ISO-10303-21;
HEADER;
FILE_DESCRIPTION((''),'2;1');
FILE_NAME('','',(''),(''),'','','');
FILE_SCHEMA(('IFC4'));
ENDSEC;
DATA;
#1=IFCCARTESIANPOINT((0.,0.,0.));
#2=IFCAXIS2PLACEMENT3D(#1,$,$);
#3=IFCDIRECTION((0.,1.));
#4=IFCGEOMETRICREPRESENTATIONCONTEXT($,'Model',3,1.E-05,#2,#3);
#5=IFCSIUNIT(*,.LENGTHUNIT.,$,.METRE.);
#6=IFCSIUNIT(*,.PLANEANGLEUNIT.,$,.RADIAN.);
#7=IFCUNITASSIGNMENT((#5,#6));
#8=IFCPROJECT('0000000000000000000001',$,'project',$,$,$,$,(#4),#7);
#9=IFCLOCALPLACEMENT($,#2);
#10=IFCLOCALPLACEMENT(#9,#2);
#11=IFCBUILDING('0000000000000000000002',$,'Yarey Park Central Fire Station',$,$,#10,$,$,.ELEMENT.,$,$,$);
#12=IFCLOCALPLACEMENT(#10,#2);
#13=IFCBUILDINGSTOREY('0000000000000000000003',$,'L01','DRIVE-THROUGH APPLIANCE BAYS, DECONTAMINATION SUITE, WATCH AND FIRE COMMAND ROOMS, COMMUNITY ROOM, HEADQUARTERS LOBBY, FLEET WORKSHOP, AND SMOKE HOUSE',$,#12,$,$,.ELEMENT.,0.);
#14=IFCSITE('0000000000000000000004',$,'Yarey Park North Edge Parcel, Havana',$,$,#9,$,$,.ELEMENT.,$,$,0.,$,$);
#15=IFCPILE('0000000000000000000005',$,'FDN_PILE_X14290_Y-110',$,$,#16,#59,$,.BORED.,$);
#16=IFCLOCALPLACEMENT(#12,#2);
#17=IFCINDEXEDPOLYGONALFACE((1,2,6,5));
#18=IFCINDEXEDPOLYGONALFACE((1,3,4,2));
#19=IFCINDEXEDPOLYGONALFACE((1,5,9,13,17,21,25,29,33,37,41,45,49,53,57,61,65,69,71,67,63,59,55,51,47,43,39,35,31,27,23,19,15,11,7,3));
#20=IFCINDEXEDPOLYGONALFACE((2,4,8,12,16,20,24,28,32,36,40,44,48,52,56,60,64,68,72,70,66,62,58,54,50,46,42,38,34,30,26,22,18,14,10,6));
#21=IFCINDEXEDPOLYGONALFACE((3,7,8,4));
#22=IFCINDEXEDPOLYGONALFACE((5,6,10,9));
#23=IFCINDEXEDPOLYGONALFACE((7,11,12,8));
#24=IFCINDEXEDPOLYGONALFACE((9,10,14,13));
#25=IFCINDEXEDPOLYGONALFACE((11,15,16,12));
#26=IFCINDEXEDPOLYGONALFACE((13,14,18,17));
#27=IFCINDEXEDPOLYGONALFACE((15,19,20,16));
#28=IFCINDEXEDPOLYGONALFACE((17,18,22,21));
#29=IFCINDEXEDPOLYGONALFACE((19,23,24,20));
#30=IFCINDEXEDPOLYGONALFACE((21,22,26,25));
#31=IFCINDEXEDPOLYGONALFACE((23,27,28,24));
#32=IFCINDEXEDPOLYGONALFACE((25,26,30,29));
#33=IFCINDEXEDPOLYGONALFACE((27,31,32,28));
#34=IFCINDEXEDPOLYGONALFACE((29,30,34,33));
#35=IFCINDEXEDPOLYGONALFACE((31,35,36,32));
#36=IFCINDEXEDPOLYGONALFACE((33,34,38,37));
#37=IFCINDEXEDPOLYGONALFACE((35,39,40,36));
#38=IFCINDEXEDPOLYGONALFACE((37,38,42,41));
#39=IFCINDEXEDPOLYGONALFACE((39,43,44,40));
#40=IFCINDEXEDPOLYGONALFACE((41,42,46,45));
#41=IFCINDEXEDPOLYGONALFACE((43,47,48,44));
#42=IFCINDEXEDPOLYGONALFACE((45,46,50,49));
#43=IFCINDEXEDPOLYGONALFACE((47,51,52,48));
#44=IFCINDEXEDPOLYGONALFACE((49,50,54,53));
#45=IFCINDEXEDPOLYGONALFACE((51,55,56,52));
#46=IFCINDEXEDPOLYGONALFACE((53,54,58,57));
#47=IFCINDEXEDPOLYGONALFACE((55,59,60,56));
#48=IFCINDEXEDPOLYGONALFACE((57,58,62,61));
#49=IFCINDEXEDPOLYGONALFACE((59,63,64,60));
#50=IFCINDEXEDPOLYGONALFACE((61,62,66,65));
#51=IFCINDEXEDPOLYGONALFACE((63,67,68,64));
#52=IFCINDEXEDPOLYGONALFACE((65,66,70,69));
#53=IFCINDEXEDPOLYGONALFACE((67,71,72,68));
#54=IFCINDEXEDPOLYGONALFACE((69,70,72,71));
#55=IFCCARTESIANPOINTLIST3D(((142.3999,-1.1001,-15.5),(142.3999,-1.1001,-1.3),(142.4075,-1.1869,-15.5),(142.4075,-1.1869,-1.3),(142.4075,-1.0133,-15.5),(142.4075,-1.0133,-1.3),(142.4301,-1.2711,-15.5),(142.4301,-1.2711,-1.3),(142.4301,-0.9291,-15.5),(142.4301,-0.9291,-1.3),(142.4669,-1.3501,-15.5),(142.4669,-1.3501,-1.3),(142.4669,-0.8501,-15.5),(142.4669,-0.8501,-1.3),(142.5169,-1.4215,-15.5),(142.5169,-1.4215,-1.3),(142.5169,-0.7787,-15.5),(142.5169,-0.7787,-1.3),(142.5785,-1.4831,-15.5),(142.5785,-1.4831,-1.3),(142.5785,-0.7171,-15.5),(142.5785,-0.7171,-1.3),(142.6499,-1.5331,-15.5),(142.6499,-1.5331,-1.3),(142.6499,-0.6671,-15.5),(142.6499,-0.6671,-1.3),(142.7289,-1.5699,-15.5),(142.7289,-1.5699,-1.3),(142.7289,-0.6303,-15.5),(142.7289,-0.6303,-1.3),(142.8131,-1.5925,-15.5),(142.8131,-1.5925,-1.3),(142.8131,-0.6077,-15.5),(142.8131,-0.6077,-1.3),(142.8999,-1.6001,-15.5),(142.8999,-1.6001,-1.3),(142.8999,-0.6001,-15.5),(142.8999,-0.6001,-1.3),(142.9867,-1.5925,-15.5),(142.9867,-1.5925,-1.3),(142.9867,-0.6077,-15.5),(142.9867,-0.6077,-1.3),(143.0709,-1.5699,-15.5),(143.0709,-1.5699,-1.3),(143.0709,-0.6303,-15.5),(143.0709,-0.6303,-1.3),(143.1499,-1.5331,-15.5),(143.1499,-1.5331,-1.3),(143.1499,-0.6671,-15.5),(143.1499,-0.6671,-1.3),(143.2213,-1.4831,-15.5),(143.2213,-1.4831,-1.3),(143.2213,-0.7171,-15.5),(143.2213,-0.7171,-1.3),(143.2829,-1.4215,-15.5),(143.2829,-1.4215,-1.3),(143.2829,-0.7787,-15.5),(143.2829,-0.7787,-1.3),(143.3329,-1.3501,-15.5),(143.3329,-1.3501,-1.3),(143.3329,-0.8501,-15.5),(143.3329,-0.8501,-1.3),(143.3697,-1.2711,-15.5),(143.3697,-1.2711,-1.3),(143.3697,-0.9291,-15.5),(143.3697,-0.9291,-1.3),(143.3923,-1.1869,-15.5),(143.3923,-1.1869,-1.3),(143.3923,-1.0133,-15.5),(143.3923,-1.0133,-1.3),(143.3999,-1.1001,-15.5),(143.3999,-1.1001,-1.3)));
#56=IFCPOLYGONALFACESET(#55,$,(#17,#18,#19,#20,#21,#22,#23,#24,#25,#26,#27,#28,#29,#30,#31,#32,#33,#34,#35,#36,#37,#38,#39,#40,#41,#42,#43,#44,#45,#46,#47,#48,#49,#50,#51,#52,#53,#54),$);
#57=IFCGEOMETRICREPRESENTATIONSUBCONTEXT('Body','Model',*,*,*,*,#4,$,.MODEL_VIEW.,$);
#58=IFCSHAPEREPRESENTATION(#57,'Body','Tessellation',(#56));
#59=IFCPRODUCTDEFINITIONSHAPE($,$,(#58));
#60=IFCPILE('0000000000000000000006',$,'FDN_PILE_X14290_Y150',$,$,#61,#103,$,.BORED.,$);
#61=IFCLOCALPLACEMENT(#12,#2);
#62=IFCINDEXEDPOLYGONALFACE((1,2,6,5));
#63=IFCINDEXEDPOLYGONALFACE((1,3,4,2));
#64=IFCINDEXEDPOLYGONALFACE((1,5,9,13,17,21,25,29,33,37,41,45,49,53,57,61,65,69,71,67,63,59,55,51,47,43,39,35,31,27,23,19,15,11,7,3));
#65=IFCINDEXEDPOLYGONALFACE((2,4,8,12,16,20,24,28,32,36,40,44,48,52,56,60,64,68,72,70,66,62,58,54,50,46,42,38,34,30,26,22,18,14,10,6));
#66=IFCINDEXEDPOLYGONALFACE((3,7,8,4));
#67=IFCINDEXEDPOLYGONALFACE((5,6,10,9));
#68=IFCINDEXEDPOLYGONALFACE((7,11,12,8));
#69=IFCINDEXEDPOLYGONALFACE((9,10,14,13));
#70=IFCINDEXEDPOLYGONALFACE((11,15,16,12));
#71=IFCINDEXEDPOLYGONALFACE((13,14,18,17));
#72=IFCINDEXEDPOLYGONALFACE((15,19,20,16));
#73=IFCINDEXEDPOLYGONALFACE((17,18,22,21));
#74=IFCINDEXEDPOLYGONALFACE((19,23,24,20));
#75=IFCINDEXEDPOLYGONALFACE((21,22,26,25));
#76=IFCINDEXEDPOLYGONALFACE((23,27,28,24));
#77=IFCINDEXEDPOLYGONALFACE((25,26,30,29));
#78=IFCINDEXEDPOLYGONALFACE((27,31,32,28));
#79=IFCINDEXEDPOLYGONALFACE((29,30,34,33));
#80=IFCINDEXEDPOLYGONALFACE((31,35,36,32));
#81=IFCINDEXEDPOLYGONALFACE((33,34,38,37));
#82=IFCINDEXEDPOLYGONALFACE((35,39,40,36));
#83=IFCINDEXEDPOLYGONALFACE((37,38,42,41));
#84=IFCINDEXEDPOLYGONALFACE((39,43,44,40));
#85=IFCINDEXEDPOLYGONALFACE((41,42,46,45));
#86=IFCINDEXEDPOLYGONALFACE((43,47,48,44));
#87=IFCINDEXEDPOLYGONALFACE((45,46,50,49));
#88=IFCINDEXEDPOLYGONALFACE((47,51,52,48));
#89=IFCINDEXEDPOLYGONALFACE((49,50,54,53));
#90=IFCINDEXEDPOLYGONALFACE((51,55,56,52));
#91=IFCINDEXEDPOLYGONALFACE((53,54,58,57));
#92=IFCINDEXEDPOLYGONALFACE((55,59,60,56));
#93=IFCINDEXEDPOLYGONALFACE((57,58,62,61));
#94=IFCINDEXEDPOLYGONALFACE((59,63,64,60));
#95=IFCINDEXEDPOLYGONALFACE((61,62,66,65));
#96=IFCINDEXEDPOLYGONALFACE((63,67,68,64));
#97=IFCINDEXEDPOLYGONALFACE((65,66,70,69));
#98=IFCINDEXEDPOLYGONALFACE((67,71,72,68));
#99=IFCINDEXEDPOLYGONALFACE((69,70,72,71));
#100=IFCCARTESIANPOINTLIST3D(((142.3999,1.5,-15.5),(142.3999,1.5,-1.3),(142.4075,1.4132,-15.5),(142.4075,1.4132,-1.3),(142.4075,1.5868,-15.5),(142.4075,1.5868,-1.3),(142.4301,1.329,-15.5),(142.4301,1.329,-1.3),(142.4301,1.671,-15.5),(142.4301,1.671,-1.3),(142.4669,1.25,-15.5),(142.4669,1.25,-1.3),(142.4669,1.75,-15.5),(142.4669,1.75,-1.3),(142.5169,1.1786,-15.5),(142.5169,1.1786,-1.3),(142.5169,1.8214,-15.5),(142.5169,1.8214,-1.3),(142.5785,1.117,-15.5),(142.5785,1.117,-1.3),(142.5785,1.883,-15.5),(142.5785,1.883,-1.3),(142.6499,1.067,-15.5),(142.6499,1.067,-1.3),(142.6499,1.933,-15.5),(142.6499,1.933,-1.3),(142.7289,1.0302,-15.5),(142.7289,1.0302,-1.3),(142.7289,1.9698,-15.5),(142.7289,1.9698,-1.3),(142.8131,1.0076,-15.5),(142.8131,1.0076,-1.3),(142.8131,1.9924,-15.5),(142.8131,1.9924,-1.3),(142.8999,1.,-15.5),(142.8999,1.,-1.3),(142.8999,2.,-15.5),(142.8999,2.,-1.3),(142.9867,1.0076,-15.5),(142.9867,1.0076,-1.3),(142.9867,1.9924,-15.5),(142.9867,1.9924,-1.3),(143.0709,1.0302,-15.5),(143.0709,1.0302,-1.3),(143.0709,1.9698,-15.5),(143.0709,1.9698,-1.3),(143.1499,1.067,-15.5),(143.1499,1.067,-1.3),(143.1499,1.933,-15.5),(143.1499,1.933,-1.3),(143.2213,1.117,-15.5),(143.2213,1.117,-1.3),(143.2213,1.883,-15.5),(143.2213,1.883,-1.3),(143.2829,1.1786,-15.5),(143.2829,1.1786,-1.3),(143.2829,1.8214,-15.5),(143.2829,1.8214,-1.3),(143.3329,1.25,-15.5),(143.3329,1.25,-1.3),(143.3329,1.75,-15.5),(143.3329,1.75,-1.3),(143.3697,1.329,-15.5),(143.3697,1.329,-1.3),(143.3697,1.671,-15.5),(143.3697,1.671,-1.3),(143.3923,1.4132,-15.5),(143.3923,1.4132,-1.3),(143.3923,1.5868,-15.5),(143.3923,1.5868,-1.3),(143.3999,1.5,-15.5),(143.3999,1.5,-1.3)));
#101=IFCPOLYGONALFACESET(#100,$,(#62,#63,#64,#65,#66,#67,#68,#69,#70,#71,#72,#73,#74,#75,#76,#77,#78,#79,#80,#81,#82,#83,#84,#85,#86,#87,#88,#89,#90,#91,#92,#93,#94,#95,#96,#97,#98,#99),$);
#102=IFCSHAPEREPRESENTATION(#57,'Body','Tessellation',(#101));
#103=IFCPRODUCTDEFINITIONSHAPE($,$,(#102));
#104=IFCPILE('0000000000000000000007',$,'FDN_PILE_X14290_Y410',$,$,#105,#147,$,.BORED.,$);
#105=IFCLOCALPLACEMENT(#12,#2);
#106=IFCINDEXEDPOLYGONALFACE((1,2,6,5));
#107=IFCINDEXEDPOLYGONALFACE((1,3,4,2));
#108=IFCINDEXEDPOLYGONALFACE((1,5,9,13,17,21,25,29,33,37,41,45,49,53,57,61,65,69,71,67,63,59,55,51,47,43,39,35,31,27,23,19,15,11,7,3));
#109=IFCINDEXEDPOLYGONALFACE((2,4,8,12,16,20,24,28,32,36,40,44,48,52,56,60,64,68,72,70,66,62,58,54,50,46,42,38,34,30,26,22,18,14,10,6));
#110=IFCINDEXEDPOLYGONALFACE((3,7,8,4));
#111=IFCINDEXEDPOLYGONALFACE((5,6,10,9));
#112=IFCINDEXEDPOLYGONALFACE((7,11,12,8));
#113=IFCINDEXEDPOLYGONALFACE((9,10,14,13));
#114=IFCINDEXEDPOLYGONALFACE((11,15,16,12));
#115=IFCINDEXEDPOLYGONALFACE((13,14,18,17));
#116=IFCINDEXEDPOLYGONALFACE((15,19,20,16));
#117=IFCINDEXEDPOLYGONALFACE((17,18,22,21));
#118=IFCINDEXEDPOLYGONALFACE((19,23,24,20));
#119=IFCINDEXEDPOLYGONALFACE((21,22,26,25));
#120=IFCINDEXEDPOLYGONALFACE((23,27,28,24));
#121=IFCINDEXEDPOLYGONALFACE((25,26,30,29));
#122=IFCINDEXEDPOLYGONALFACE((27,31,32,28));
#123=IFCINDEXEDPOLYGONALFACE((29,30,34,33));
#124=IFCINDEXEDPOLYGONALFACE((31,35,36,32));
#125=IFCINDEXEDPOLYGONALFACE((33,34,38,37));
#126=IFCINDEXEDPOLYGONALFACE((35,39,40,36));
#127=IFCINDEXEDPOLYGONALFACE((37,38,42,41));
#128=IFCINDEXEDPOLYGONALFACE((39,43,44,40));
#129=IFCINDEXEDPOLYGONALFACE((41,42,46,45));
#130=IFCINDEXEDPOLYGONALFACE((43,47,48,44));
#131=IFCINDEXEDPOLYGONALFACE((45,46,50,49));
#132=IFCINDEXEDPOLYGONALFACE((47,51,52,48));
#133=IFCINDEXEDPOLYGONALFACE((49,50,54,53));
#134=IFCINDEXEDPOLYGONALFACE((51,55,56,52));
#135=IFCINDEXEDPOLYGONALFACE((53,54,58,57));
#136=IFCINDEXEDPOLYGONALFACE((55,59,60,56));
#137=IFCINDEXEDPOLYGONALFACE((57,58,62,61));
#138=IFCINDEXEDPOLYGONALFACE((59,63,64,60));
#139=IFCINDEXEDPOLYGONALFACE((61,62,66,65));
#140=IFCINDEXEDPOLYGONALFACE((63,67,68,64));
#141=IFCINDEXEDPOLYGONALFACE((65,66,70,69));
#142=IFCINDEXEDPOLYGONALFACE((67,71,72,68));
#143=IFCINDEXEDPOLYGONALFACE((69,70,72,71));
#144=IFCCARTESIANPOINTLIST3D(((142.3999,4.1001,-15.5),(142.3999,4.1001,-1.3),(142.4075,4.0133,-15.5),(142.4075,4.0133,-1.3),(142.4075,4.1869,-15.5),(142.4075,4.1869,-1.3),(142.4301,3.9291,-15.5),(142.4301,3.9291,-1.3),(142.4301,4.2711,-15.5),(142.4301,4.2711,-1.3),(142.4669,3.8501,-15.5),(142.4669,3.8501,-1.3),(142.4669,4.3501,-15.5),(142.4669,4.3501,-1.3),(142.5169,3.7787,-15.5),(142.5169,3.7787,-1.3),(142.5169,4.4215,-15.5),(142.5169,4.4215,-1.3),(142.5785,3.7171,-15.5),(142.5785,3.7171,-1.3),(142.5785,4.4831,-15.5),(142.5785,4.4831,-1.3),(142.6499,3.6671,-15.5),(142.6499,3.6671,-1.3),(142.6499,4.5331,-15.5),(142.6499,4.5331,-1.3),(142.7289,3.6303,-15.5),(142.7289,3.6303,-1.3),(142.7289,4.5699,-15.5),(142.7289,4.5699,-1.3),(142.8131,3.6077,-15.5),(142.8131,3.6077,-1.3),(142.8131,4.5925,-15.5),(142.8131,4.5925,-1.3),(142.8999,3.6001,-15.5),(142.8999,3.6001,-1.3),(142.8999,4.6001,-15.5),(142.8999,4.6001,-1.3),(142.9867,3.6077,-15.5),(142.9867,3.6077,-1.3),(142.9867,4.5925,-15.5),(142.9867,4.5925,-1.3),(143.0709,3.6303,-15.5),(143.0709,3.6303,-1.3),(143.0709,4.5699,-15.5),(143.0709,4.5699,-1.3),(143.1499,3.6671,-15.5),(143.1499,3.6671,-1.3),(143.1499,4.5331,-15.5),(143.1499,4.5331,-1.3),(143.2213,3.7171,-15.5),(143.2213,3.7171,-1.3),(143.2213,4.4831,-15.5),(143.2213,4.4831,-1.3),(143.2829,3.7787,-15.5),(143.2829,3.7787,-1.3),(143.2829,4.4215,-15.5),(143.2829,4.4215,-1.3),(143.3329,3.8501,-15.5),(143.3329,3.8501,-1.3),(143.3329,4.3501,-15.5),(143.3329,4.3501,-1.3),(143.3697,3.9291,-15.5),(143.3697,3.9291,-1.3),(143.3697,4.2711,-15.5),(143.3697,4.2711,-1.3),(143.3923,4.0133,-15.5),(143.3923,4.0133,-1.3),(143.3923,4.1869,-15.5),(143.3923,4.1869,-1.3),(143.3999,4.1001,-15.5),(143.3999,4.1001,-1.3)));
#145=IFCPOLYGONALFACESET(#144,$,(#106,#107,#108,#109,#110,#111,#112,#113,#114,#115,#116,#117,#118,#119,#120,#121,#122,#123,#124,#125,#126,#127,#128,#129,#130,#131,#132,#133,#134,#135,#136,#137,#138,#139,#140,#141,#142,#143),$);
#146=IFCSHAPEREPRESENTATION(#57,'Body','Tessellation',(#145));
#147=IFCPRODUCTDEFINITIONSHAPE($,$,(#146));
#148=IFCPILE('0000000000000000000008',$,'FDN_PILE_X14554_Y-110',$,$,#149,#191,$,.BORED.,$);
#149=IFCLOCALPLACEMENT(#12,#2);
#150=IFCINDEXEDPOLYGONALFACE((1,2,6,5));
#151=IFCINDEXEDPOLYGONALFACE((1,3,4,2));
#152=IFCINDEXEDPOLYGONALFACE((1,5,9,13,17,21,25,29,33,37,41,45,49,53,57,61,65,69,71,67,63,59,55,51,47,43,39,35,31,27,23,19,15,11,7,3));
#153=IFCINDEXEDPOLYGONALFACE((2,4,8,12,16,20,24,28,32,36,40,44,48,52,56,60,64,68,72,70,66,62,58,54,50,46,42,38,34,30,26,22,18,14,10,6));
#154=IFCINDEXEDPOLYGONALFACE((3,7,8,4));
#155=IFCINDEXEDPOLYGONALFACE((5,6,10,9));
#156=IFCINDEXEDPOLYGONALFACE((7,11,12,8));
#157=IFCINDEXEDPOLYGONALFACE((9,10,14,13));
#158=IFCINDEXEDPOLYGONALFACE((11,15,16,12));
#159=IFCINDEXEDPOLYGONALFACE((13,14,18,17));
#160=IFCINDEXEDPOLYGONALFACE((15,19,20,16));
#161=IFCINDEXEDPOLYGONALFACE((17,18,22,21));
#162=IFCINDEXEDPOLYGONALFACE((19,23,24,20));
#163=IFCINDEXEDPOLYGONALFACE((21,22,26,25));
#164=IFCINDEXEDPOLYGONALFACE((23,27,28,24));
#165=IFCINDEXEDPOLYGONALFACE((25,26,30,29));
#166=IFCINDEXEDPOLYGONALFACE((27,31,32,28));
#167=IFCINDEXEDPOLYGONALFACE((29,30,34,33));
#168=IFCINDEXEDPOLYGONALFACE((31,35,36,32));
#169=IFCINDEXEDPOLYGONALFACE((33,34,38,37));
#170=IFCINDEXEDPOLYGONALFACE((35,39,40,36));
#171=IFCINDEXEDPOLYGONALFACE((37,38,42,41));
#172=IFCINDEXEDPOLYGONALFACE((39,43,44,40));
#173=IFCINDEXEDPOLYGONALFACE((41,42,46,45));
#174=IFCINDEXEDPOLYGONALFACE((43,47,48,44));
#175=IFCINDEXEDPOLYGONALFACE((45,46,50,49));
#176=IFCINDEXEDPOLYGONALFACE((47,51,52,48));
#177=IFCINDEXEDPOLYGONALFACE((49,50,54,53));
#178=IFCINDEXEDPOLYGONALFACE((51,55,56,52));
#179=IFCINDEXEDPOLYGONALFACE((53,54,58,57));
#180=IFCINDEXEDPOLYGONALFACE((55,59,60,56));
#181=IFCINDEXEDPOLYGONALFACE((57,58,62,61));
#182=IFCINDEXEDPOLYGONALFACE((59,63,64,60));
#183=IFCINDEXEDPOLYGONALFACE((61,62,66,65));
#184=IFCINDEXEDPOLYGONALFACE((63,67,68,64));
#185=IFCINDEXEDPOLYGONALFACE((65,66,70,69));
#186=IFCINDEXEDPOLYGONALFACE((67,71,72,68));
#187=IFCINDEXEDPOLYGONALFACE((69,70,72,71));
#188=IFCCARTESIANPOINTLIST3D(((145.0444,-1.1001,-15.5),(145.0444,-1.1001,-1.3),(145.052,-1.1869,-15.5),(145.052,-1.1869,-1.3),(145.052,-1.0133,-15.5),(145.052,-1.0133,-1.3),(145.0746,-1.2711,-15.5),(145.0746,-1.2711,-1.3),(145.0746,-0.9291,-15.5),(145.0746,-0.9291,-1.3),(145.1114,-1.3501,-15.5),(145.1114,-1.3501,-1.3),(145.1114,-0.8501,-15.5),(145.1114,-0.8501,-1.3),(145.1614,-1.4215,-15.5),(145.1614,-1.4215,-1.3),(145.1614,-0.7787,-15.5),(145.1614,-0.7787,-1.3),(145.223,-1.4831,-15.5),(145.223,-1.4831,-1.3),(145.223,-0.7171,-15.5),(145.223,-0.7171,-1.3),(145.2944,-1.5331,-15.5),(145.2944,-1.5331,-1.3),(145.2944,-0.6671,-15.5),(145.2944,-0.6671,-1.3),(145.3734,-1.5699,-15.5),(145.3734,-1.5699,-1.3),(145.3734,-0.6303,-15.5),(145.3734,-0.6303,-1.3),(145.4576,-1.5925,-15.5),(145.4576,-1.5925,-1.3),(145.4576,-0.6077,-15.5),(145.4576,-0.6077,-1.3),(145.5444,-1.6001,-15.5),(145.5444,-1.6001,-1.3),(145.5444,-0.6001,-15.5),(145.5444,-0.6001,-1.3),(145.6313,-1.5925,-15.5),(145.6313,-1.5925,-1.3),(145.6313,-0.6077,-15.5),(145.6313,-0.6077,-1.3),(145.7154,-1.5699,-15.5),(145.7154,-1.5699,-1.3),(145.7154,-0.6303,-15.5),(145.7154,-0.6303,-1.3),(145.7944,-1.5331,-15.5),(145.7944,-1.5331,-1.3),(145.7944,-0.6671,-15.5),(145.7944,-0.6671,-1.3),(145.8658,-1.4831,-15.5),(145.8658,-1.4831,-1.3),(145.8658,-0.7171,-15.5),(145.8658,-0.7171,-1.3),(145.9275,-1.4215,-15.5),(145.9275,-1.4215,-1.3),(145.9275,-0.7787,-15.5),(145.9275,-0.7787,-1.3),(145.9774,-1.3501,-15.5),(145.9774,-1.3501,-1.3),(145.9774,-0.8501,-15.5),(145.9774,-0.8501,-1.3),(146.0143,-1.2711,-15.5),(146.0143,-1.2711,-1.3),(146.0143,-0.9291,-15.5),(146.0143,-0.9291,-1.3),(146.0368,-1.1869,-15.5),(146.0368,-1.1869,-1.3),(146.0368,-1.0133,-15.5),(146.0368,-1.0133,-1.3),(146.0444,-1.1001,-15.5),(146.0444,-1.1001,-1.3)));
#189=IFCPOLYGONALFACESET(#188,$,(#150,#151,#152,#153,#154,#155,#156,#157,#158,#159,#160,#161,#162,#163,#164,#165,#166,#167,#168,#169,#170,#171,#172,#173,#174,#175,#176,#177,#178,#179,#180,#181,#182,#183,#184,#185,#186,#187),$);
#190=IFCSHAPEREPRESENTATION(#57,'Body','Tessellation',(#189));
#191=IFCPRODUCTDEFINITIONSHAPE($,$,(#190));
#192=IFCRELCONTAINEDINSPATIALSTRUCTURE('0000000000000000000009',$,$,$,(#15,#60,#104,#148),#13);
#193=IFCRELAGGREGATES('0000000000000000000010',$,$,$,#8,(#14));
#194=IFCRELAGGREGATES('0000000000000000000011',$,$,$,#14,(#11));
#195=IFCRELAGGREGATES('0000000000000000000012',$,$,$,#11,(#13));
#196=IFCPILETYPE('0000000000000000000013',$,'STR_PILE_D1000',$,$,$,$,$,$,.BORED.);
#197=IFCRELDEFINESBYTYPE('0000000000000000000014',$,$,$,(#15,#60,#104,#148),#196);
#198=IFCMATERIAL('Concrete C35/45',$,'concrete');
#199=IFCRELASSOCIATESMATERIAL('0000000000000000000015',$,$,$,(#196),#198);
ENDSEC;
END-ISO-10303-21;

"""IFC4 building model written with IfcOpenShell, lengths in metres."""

from ifc_helpers import new_model, si_unit, direction, frame, origin, origin_2d, place, context, subcontext, project, spatial, circle, extrude, material, material_profile, profile_set, type_object, element, save


model = new_model("IFC4")

# Units and contexts
model_context = context("Model", 3, precision=1e-05, world=origin(), true_north=direction((0.0, 1.0)))
body_context = subcontext(model_context, "Body", "Model", "MODEL_VIEW")
ifc_project = project(units=[si_unit("LENGTHUNIT", "METRE"), si_unit("PLANEANGLEUNIT", "RADIAN")], contexts=[model_context])

# Site, building, storey
site_placement = place(None, origin())
site = spatial("IfcSite", under=ifc_project, at=site_placement, Name="Yarey Park North Edge Parcel, Havana", CompositionType="ELEMENT", RefElevation=0.0)
building_placement = place(site_placement, origin())
building = spatial("IfcBuilding", under=site, at=building_placement, Name="Yarey Park Central Fire Station", CompositionType="ELEMENT")
storey_placement = place(building_placement, origin())
storey = spatial("IfcBuildingStorey", under=building, at=storey_placement, Name="L01", Description="DRIVE-THROUGH APPLIANCE BAYS, DECONTAMINATION SUITE, WATCH AND FIRE COMMAND ROOMS, COMMUNITY ROOM, HEADQUARTERS LOBBY, FLEET WORKSHOP, AND SMOKE HOUSE", CompositionType="ELEMENT", Elevation=0.0)

# Piles
ifc_material_1 = material(Name="Concrete C35/45", Category="concrete")
ifc_material_profile_1 = material_profile(ifc_material_1, circle(Radius=0.5, at=origin_2d()), Name="BORED PILE D1000")
ifc_profile_set_1 = profile_set([ifc_material_profile_1], Name="Concrete C35/45")
pile_type = type_object("IfcPileType", Name="STR_PILE_D1000", PredefinedType="BORED", material=ifc_profile_set_1)
for number, where, z_axis, x_axis, name in (
    (1, (142.8999, -1.1001, -1.3), (0.0, 0.0, -1.0), (1.0, 0.0, 0.0), "FDN_PILE_X14290_Y-110"),
    (2, (142.8999, 1.5, -1.3), (0.0, 0.0, -1.0), (1.0, 0.0, 0.0), "FDN_PILE_X14290_Y150"),
    (3, (142.8999, 4.1001, -1.3), (0.0, 0.0, -1.0), (1.0, 0.0, 0.0), "FDN_PILE_X14290_Y410"),
    (4, (145.5444, -1.1001, -1.3), (0.0, 0.0, -1.0), (1.0, 0.0, 0.0), "FDN_PILE_X14554_Y-110"),
):
    element("IfcPile", number, at=place(storey_placement, frame(where, z_axis=z_axis, x_axis=x_axis)), inside=storey, type_object=pile_type, Name=name, PredefinedType="BORED", context=body_context, shape_type="SweptSolid", body=[
        extrude(circle(Radius=0.5, at=origin_2d()), origin(), (0.0, 0.0, 1.0), 14.2),
    ])

save(model, "model.ifc")
